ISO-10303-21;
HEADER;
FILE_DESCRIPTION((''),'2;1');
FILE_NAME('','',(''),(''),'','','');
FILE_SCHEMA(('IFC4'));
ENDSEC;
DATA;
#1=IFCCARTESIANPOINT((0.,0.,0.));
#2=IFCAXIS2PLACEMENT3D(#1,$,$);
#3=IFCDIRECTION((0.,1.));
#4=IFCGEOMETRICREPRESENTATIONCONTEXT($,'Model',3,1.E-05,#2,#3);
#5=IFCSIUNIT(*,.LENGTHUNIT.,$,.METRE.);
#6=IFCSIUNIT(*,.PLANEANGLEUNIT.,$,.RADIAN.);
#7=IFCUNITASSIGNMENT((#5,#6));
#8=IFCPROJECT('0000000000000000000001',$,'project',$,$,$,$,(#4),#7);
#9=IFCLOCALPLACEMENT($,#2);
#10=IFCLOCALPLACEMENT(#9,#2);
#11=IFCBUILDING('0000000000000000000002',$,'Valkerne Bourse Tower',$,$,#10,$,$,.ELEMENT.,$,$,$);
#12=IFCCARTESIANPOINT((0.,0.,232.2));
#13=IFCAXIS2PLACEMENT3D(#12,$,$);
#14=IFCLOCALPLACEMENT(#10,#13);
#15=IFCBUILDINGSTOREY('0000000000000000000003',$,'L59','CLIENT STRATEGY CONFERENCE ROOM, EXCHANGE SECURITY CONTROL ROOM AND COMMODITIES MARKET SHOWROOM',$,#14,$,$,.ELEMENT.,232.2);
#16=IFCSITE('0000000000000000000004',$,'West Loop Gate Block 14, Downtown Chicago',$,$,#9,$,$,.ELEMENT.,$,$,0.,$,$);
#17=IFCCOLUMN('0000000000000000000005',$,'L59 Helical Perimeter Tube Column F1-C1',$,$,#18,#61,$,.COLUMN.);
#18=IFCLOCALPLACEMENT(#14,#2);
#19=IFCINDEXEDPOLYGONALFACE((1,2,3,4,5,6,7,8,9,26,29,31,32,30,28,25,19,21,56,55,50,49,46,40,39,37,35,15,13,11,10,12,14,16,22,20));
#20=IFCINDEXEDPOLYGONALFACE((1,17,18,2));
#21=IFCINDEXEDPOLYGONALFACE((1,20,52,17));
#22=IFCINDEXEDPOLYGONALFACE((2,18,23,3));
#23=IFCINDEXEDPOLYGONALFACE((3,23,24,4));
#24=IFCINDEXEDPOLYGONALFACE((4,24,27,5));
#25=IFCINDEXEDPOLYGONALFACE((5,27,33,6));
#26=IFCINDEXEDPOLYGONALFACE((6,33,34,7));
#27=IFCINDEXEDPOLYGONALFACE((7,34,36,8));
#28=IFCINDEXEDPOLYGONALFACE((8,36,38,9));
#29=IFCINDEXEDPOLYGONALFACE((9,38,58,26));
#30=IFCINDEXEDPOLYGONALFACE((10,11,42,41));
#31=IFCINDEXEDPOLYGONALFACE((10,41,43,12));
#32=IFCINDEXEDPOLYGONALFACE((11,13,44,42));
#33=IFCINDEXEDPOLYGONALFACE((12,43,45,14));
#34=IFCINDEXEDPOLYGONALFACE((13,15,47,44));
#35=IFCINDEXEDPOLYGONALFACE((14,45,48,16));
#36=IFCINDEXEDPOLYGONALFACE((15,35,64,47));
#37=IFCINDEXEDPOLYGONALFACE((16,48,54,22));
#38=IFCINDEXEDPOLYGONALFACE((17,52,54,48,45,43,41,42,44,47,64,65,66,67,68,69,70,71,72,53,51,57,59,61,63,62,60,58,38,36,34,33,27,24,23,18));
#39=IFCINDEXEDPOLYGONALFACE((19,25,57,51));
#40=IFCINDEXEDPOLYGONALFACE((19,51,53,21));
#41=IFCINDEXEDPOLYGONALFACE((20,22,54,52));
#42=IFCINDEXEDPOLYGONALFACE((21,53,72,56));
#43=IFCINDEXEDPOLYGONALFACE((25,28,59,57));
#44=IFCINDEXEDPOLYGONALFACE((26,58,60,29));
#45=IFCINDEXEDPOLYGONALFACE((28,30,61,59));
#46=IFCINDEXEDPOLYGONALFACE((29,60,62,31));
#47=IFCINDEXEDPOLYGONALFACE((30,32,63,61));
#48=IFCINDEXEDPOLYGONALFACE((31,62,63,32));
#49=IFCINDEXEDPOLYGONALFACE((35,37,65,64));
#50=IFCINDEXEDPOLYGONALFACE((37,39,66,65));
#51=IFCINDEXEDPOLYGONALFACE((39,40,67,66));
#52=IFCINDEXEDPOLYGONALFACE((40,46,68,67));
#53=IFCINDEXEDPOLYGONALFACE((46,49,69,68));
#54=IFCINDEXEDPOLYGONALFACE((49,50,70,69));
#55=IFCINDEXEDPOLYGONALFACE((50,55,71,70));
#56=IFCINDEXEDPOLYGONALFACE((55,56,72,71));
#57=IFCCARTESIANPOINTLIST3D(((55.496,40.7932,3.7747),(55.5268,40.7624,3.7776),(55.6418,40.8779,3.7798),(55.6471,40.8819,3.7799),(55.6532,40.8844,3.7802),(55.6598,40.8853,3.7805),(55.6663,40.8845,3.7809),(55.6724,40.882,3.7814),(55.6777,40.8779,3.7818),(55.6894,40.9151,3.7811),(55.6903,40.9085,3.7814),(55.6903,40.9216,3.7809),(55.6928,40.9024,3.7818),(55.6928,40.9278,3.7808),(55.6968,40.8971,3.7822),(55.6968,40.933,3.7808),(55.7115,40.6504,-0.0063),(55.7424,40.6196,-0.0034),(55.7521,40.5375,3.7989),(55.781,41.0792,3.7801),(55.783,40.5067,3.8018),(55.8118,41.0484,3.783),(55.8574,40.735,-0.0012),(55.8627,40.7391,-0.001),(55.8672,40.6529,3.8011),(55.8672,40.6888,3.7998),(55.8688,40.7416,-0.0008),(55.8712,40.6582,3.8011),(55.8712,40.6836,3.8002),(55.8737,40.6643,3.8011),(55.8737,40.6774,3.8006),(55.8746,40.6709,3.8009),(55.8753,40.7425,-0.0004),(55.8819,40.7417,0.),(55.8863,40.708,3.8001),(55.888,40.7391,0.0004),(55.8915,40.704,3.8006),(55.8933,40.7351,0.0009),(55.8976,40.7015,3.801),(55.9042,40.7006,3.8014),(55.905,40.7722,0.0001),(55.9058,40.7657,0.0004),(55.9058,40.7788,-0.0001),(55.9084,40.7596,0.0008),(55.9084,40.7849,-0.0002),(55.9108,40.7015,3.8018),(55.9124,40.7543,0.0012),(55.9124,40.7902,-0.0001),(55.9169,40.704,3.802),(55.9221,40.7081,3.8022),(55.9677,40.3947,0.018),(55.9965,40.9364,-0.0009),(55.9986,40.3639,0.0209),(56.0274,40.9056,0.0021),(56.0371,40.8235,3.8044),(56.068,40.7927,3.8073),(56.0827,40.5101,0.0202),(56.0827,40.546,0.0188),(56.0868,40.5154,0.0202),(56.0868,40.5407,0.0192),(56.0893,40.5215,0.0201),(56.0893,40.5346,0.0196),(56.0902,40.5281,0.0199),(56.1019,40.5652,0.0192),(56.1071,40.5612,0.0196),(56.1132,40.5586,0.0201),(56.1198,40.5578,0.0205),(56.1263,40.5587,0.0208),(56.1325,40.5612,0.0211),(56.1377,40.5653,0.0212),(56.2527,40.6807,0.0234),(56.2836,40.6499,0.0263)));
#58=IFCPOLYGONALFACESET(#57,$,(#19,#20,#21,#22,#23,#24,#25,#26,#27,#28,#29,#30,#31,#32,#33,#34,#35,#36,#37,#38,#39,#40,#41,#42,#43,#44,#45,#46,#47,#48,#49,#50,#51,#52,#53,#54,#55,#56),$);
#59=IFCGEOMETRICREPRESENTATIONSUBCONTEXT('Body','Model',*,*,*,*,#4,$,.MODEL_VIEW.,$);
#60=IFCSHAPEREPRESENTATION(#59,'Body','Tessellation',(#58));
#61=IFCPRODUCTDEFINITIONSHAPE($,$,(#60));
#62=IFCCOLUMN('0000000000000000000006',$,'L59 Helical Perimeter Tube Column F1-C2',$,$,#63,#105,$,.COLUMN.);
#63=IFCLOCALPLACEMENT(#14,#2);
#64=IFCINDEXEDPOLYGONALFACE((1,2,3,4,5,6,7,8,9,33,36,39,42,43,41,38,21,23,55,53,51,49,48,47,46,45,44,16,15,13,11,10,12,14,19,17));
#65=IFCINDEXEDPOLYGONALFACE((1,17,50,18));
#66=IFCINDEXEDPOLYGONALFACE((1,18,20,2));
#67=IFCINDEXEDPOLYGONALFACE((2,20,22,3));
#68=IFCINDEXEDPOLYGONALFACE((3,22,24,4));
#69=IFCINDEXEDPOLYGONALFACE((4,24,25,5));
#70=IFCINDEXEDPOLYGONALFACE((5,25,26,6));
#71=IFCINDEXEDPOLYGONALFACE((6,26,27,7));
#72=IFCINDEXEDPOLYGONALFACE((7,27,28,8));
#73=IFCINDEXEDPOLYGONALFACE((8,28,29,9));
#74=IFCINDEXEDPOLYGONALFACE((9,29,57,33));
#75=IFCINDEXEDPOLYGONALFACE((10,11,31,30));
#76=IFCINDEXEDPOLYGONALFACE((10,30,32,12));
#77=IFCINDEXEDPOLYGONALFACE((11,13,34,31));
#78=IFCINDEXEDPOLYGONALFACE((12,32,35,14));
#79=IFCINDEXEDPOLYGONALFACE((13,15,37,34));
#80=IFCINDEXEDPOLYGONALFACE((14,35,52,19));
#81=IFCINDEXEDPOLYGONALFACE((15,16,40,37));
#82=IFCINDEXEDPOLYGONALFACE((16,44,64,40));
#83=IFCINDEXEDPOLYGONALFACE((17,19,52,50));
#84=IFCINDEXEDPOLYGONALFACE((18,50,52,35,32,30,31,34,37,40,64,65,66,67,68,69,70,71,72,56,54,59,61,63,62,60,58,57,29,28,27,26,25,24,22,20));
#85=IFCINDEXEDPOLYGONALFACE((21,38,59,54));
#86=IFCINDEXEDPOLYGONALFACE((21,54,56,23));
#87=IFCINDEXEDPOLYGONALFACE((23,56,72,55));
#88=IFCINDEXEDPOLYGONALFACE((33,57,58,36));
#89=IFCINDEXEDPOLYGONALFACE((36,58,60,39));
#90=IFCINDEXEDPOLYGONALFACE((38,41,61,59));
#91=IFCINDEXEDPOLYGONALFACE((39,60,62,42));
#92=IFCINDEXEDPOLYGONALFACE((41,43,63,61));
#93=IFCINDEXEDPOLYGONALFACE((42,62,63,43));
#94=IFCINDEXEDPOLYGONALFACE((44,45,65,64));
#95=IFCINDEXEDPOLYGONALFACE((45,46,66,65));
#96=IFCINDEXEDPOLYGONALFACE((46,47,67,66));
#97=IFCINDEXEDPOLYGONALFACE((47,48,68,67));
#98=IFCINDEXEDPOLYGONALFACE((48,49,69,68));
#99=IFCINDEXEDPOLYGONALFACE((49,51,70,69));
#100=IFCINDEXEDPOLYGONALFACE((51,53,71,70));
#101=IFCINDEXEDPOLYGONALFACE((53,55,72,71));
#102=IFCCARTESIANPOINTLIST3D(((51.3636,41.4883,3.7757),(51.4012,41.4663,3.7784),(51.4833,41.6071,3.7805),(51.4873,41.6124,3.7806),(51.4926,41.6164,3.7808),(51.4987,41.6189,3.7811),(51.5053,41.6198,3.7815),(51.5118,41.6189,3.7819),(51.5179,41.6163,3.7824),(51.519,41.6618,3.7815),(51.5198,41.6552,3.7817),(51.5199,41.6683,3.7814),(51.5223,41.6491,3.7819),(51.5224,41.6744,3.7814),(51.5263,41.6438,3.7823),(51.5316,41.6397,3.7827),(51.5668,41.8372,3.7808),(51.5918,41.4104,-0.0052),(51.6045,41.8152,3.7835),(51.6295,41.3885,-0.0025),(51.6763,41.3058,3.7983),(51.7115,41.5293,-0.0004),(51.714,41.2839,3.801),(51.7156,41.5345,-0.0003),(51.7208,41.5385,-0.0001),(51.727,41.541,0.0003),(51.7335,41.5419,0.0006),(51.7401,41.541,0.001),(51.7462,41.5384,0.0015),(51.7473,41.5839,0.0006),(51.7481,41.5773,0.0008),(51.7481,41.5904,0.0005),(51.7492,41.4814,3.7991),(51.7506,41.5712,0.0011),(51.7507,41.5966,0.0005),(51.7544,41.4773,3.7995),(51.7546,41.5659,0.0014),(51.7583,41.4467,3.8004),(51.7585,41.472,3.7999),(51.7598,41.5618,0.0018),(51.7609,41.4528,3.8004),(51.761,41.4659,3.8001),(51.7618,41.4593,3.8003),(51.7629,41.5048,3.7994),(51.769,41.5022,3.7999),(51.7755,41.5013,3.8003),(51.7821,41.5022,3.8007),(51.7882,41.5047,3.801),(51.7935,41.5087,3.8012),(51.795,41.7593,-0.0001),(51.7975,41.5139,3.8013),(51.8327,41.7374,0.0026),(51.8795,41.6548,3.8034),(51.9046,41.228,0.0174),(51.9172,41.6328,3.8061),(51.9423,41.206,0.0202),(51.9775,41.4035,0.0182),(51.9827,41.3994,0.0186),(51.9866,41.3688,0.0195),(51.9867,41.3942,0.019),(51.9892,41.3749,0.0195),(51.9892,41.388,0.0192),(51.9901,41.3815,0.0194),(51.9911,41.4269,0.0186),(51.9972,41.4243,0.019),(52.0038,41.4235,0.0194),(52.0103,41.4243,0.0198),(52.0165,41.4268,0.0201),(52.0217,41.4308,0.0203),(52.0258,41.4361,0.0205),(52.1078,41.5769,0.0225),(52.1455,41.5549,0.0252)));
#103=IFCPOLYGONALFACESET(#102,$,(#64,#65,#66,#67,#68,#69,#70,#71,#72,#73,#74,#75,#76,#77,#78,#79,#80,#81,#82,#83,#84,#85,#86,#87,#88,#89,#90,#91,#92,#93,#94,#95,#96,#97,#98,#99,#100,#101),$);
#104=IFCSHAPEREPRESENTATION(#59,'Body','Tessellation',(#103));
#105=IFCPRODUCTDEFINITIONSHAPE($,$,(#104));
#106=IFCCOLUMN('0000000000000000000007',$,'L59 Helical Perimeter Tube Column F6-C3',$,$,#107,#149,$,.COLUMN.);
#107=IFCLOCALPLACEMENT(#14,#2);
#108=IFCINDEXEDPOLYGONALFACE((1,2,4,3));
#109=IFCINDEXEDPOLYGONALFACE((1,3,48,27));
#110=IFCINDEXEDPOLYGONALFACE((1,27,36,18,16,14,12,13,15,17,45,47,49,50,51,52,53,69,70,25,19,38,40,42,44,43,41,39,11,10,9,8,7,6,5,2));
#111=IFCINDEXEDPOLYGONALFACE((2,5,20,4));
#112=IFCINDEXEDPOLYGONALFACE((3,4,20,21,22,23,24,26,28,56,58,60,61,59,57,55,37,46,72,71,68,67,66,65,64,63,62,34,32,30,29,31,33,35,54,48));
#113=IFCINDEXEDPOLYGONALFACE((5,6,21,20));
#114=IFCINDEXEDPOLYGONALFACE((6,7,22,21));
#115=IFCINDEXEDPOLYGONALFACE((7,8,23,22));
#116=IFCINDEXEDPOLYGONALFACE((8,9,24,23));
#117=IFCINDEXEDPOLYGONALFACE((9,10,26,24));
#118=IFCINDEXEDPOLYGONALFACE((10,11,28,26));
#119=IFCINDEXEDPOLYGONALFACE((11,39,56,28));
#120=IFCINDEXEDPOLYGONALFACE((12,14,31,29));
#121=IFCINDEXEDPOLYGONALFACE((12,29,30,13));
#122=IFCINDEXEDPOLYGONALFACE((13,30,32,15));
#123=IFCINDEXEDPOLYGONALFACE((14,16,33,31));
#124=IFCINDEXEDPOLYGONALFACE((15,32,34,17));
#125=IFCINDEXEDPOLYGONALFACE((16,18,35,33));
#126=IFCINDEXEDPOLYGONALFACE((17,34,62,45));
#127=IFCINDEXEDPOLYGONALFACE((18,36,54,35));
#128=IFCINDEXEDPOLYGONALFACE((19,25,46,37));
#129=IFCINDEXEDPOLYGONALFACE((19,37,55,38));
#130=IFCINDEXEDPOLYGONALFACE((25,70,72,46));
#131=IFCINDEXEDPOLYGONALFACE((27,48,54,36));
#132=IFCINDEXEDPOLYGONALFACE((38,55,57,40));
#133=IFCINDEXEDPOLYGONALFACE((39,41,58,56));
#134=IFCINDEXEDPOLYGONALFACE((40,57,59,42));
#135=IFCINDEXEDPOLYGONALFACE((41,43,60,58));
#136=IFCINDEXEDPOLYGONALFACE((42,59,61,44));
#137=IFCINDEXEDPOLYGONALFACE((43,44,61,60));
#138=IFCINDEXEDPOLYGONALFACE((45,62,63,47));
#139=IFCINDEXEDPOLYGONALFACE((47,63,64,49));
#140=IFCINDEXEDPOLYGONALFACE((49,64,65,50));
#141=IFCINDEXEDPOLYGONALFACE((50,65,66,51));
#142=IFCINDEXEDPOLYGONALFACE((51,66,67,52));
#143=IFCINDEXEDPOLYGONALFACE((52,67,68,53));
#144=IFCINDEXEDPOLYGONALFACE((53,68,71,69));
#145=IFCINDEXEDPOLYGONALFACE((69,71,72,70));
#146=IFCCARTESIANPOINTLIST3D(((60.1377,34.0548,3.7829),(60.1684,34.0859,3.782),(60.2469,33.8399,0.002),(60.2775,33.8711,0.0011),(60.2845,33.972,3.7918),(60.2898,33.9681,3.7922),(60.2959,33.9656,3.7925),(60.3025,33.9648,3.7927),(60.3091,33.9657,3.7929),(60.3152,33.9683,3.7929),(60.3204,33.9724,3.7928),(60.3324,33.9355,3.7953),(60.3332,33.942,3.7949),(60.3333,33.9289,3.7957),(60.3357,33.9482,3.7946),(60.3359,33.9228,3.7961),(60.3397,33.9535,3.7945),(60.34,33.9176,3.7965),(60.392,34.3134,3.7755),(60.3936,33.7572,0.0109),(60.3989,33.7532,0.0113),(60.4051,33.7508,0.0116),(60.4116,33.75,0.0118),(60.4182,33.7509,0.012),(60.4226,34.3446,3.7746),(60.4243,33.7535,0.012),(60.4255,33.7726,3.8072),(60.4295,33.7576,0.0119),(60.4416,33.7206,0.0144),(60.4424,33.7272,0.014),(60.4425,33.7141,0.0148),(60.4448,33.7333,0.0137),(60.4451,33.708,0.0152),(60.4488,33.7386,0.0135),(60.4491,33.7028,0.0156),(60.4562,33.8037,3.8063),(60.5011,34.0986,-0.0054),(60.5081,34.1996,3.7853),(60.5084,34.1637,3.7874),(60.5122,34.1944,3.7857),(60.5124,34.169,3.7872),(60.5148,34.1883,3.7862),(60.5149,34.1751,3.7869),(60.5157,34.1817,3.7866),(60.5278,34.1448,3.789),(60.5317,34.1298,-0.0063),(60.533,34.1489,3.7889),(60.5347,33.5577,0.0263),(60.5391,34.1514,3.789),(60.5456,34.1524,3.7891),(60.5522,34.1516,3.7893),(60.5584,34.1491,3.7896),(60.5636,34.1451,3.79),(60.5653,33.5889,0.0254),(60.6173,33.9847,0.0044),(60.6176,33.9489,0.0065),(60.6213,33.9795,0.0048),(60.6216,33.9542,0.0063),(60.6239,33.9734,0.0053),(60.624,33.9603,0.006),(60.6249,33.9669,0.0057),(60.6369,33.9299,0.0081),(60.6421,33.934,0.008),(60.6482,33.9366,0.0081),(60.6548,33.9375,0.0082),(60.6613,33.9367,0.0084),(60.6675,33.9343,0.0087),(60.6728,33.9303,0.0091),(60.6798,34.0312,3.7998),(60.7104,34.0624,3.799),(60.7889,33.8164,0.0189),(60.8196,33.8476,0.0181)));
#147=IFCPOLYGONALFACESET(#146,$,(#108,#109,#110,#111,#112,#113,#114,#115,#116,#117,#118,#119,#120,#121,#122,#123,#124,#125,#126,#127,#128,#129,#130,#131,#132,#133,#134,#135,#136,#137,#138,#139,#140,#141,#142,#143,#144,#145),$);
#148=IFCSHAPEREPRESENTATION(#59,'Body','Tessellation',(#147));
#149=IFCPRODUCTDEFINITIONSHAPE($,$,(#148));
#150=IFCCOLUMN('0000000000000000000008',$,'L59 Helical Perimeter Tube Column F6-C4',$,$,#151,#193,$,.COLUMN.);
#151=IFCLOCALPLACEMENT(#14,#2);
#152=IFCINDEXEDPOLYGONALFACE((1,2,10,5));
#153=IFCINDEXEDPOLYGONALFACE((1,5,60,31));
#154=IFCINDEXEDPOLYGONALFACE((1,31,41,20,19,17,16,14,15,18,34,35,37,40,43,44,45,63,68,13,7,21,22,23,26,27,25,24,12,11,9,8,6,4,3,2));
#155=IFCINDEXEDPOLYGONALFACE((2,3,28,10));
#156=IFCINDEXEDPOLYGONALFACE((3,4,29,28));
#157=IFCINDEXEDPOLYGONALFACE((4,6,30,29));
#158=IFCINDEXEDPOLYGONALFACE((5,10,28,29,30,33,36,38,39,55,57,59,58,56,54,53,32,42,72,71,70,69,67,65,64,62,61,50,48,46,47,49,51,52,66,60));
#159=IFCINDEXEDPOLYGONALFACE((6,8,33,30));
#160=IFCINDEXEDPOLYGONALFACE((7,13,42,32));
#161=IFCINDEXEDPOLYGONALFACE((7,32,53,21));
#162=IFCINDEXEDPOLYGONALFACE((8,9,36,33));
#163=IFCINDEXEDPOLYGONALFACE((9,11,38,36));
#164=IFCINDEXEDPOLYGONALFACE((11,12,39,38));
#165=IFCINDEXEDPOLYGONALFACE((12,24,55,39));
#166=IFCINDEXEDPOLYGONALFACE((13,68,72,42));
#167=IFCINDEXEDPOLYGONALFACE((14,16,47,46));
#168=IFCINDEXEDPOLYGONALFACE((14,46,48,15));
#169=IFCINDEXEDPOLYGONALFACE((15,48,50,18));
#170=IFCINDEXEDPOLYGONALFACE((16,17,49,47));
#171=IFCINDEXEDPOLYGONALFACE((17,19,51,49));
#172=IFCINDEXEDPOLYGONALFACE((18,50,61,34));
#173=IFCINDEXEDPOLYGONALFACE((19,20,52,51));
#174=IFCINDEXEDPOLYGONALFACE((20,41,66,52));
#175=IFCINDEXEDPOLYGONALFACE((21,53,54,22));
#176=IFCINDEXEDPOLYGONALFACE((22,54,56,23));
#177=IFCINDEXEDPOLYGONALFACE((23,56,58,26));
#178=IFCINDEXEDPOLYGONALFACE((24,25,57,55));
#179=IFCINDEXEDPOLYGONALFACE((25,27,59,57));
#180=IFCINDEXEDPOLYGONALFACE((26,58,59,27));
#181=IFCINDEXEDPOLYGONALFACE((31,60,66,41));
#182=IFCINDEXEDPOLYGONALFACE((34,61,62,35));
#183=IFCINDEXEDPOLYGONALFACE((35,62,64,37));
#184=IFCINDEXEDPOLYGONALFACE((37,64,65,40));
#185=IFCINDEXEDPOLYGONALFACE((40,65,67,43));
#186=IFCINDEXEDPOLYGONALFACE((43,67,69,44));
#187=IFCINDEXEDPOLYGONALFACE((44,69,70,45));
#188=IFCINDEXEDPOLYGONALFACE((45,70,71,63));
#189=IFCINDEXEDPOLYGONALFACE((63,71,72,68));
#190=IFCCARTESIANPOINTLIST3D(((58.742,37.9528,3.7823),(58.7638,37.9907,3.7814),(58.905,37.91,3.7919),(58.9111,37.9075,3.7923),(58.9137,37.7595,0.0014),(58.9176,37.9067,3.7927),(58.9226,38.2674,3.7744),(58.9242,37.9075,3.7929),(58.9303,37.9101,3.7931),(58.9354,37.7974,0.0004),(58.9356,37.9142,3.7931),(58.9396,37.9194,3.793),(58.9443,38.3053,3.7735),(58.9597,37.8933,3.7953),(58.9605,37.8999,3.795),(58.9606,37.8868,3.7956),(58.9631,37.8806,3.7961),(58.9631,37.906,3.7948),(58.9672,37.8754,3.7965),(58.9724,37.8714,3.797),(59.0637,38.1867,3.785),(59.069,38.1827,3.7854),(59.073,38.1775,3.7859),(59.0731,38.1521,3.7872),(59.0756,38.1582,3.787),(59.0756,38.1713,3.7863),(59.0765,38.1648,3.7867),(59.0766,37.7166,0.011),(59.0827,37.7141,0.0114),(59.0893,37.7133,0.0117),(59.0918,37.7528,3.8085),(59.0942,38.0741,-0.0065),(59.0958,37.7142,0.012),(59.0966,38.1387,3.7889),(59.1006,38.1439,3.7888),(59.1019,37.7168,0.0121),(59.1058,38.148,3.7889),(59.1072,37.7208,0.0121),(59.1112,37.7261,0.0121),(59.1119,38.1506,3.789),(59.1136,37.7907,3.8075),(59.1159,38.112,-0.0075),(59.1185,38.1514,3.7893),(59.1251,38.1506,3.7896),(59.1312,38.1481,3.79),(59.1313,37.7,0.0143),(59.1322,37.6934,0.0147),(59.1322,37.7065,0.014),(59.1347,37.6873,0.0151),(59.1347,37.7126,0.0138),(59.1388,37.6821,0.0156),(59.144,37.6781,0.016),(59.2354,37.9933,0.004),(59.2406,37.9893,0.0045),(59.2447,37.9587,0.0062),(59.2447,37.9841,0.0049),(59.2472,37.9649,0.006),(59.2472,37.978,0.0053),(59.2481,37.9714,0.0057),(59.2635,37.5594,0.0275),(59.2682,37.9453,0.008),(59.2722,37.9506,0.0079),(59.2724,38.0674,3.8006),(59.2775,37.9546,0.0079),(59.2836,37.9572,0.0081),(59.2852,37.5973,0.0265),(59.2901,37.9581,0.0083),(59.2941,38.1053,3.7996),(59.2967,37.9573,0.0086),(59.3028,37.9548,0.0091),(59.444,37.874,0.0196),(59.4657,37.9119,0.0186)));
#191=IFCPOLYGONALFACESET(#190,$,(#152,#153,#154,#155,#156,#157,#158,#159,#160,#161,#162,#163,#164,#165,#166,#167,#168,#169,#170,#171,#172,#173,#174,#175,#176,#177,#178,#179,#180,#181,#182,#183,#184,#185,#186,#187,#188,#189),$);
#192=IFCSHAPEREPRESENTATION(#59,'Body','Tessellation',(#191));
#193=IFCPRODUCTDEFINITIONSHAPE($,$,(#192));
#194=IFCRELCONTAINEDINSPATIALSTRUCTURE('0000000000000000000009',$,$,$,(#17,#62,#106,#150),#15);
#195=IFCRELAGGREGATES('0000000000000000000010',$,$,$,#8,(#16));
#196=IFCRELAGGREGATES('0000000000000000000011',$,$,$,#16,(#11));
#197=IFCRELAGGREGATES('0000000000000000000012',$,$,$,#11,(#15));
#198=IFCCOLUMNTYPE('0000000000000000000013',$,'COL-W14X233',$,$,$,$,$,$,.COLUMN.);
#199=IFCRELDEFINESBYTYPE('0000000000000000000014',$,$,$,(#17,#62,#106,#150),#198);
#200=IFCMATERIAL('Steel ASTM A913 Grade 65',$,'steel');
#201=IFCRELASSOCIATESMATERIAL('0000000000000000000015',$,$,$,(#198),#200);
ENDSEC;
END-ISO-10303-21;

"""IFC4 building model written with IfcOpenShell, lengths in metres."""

from ifc_helpers import new_model, si_unit, direction, frame, origin, origin_2d, place, context, subcontext, project, spatial, i_section, extrude, material, material_profile, profile_set, type_object, element, save


model = new_model("IFC4")

# Units and contexts
model_context = context("Model", 3, precision=1e-05, world=origin(), true_north=direction((0.0, 1.0)))
body_context = subcontext(model_context, "Body", "Model", "MODEL_VIEW")
ifc_project = project(units=[si_unit("LENGTHUNIT", "METRE"), si_unit("PLANEANGLEUNIT", "RADIAN")], contexts=[model_context])

# Site, building, storey
site_placement = place(None, origin())
site = spatial("IfcSite", under=ifc_project, at=site_placement, Name="West Loop Gate Block 14, Downtown Chicago", CompositionType="ELEMENT", RefElevation=0.0)
building_placement = place(site_placement, origin())
building = spatial("IfcBuilding", under=site, at=building_placement, Name="Valkerne Bourse Tower", CompositionType="ELEMENT")
storey_placement = place(building_placement, frame((0.0, 0.0, 232.2)))
storey = spatial("IfcBuildingStorey", under=building, at=storey_placement, Name="L59", Description="CLIENT STRATEGY CONFERENCE ROOM, EXCHANGE SECURITY CONTROL ROOM AND COMMODITIES MARKET SHOWROOM", CompositionType="ELEMENT", Elevation=232.2)

# Columns
ifc_material_1 = material(Name="Steel ASTM A913 Grade 65", Category="steel")
ifc_material_profile_1 = material_profile(ifc_material_1, i_section(OverallWidth=0.4038, OverallDepth=0.4065, WebThickness=0.0271, FlangeThickness=0.0437, FilletRadius=0.0254, at=origin_2d()), Name="W14X233")
ifc_profile_set_1 = profile_set([ifc_material_profile_1], Name="Steel ASTM A913 Grade 65")
column_type = type_object("IfcColumnType", Name="COL-W14X233", PredefinedType="COLUMN", material=ifc_profile_set_1)
column_1_placement = place(storey_placement, frame((55.9976, 40.6501, 0.01), z_axis=(-0.056883, 0.037686, 0.997669), x_axis=(0.705797, 0.708286, 0.013487)))
element("IfcColumn", 1, at=column_1_placement, inside=storey, type_object=column_type, Name="L59 Helical Perimeter Tube Column F1-C1", PredefinedType="COLUMN", context=body_context, shape_type="SweptSolid", body=[
    extrude(i_section(OverallWidth=0.4038, OverallDepth=0.4065, WebThickness=0.0271, FlangeThickness=0.0437, FilletRadius=0.0254, at=origin_2d()), origin(), (0.0, 0.0, 1.0), 3.7898),
])
for number, where, z_axis, x_axis, name in (
    (2, (51.8687, 41.4827, 0.01), (-0.060251, 0.020556, 0.997972), (0.50322, 0.864067, 0.012583), "L59 Helical Perimeter Tube Column F1-C2"),
    (3, (60.5332, 33.8438, 0.01), (-0.028804, 0.056707, 0.997975), (0.71273, -0.698843, 0.060281), "L59 Helical Perimeter Tube Column F6-C3"),
):
    element("IfcColumn", number, at=place(storey_placement, frame(where, z_axis=z_axis, x_axis=x_axis)), inside=storey, type_object=column_type, Name=name, PredefinedType="COLUMN", context=body_context, shape_type="SweptSolid", body=[
        extrude(i_section(OverallWidth=0.4038, OverallDepth=0.4065, WebThickness=0.0271, FlangeThickness=0.0437, FilletRadius=0.0254, at=origin_2d()), origin(), (0.0, 0.0, 1.0), 3.7886),
    ])
column_2_placement = place(storey_placement, frame((59.1897, 37.8357, 0.01), z_axis=(-0.045287, 0.051021, 0.99767), x_axis=(0.86624, -0.495427, 0.064657)))
element("IfcColumn", 4, at=column_2_placement, inside=storey, type_object=column_type, Name="L59 Helical Perimeter Tube Column F6-C4", PredefinedType="COLUMN", context=body_context, shape_type="SweptSolid", body=[
    extrude(i_section(OverallWidth=0.4038, OverallDepth=0.4065, WebThickness=0.0271, FlangeThickness=0.0437, FilletRadius=0.0254, at=origin_2d()), origin(), (0.0, 0.0, 1.0), 3.7898),
])

save(model, "model.ifc")
